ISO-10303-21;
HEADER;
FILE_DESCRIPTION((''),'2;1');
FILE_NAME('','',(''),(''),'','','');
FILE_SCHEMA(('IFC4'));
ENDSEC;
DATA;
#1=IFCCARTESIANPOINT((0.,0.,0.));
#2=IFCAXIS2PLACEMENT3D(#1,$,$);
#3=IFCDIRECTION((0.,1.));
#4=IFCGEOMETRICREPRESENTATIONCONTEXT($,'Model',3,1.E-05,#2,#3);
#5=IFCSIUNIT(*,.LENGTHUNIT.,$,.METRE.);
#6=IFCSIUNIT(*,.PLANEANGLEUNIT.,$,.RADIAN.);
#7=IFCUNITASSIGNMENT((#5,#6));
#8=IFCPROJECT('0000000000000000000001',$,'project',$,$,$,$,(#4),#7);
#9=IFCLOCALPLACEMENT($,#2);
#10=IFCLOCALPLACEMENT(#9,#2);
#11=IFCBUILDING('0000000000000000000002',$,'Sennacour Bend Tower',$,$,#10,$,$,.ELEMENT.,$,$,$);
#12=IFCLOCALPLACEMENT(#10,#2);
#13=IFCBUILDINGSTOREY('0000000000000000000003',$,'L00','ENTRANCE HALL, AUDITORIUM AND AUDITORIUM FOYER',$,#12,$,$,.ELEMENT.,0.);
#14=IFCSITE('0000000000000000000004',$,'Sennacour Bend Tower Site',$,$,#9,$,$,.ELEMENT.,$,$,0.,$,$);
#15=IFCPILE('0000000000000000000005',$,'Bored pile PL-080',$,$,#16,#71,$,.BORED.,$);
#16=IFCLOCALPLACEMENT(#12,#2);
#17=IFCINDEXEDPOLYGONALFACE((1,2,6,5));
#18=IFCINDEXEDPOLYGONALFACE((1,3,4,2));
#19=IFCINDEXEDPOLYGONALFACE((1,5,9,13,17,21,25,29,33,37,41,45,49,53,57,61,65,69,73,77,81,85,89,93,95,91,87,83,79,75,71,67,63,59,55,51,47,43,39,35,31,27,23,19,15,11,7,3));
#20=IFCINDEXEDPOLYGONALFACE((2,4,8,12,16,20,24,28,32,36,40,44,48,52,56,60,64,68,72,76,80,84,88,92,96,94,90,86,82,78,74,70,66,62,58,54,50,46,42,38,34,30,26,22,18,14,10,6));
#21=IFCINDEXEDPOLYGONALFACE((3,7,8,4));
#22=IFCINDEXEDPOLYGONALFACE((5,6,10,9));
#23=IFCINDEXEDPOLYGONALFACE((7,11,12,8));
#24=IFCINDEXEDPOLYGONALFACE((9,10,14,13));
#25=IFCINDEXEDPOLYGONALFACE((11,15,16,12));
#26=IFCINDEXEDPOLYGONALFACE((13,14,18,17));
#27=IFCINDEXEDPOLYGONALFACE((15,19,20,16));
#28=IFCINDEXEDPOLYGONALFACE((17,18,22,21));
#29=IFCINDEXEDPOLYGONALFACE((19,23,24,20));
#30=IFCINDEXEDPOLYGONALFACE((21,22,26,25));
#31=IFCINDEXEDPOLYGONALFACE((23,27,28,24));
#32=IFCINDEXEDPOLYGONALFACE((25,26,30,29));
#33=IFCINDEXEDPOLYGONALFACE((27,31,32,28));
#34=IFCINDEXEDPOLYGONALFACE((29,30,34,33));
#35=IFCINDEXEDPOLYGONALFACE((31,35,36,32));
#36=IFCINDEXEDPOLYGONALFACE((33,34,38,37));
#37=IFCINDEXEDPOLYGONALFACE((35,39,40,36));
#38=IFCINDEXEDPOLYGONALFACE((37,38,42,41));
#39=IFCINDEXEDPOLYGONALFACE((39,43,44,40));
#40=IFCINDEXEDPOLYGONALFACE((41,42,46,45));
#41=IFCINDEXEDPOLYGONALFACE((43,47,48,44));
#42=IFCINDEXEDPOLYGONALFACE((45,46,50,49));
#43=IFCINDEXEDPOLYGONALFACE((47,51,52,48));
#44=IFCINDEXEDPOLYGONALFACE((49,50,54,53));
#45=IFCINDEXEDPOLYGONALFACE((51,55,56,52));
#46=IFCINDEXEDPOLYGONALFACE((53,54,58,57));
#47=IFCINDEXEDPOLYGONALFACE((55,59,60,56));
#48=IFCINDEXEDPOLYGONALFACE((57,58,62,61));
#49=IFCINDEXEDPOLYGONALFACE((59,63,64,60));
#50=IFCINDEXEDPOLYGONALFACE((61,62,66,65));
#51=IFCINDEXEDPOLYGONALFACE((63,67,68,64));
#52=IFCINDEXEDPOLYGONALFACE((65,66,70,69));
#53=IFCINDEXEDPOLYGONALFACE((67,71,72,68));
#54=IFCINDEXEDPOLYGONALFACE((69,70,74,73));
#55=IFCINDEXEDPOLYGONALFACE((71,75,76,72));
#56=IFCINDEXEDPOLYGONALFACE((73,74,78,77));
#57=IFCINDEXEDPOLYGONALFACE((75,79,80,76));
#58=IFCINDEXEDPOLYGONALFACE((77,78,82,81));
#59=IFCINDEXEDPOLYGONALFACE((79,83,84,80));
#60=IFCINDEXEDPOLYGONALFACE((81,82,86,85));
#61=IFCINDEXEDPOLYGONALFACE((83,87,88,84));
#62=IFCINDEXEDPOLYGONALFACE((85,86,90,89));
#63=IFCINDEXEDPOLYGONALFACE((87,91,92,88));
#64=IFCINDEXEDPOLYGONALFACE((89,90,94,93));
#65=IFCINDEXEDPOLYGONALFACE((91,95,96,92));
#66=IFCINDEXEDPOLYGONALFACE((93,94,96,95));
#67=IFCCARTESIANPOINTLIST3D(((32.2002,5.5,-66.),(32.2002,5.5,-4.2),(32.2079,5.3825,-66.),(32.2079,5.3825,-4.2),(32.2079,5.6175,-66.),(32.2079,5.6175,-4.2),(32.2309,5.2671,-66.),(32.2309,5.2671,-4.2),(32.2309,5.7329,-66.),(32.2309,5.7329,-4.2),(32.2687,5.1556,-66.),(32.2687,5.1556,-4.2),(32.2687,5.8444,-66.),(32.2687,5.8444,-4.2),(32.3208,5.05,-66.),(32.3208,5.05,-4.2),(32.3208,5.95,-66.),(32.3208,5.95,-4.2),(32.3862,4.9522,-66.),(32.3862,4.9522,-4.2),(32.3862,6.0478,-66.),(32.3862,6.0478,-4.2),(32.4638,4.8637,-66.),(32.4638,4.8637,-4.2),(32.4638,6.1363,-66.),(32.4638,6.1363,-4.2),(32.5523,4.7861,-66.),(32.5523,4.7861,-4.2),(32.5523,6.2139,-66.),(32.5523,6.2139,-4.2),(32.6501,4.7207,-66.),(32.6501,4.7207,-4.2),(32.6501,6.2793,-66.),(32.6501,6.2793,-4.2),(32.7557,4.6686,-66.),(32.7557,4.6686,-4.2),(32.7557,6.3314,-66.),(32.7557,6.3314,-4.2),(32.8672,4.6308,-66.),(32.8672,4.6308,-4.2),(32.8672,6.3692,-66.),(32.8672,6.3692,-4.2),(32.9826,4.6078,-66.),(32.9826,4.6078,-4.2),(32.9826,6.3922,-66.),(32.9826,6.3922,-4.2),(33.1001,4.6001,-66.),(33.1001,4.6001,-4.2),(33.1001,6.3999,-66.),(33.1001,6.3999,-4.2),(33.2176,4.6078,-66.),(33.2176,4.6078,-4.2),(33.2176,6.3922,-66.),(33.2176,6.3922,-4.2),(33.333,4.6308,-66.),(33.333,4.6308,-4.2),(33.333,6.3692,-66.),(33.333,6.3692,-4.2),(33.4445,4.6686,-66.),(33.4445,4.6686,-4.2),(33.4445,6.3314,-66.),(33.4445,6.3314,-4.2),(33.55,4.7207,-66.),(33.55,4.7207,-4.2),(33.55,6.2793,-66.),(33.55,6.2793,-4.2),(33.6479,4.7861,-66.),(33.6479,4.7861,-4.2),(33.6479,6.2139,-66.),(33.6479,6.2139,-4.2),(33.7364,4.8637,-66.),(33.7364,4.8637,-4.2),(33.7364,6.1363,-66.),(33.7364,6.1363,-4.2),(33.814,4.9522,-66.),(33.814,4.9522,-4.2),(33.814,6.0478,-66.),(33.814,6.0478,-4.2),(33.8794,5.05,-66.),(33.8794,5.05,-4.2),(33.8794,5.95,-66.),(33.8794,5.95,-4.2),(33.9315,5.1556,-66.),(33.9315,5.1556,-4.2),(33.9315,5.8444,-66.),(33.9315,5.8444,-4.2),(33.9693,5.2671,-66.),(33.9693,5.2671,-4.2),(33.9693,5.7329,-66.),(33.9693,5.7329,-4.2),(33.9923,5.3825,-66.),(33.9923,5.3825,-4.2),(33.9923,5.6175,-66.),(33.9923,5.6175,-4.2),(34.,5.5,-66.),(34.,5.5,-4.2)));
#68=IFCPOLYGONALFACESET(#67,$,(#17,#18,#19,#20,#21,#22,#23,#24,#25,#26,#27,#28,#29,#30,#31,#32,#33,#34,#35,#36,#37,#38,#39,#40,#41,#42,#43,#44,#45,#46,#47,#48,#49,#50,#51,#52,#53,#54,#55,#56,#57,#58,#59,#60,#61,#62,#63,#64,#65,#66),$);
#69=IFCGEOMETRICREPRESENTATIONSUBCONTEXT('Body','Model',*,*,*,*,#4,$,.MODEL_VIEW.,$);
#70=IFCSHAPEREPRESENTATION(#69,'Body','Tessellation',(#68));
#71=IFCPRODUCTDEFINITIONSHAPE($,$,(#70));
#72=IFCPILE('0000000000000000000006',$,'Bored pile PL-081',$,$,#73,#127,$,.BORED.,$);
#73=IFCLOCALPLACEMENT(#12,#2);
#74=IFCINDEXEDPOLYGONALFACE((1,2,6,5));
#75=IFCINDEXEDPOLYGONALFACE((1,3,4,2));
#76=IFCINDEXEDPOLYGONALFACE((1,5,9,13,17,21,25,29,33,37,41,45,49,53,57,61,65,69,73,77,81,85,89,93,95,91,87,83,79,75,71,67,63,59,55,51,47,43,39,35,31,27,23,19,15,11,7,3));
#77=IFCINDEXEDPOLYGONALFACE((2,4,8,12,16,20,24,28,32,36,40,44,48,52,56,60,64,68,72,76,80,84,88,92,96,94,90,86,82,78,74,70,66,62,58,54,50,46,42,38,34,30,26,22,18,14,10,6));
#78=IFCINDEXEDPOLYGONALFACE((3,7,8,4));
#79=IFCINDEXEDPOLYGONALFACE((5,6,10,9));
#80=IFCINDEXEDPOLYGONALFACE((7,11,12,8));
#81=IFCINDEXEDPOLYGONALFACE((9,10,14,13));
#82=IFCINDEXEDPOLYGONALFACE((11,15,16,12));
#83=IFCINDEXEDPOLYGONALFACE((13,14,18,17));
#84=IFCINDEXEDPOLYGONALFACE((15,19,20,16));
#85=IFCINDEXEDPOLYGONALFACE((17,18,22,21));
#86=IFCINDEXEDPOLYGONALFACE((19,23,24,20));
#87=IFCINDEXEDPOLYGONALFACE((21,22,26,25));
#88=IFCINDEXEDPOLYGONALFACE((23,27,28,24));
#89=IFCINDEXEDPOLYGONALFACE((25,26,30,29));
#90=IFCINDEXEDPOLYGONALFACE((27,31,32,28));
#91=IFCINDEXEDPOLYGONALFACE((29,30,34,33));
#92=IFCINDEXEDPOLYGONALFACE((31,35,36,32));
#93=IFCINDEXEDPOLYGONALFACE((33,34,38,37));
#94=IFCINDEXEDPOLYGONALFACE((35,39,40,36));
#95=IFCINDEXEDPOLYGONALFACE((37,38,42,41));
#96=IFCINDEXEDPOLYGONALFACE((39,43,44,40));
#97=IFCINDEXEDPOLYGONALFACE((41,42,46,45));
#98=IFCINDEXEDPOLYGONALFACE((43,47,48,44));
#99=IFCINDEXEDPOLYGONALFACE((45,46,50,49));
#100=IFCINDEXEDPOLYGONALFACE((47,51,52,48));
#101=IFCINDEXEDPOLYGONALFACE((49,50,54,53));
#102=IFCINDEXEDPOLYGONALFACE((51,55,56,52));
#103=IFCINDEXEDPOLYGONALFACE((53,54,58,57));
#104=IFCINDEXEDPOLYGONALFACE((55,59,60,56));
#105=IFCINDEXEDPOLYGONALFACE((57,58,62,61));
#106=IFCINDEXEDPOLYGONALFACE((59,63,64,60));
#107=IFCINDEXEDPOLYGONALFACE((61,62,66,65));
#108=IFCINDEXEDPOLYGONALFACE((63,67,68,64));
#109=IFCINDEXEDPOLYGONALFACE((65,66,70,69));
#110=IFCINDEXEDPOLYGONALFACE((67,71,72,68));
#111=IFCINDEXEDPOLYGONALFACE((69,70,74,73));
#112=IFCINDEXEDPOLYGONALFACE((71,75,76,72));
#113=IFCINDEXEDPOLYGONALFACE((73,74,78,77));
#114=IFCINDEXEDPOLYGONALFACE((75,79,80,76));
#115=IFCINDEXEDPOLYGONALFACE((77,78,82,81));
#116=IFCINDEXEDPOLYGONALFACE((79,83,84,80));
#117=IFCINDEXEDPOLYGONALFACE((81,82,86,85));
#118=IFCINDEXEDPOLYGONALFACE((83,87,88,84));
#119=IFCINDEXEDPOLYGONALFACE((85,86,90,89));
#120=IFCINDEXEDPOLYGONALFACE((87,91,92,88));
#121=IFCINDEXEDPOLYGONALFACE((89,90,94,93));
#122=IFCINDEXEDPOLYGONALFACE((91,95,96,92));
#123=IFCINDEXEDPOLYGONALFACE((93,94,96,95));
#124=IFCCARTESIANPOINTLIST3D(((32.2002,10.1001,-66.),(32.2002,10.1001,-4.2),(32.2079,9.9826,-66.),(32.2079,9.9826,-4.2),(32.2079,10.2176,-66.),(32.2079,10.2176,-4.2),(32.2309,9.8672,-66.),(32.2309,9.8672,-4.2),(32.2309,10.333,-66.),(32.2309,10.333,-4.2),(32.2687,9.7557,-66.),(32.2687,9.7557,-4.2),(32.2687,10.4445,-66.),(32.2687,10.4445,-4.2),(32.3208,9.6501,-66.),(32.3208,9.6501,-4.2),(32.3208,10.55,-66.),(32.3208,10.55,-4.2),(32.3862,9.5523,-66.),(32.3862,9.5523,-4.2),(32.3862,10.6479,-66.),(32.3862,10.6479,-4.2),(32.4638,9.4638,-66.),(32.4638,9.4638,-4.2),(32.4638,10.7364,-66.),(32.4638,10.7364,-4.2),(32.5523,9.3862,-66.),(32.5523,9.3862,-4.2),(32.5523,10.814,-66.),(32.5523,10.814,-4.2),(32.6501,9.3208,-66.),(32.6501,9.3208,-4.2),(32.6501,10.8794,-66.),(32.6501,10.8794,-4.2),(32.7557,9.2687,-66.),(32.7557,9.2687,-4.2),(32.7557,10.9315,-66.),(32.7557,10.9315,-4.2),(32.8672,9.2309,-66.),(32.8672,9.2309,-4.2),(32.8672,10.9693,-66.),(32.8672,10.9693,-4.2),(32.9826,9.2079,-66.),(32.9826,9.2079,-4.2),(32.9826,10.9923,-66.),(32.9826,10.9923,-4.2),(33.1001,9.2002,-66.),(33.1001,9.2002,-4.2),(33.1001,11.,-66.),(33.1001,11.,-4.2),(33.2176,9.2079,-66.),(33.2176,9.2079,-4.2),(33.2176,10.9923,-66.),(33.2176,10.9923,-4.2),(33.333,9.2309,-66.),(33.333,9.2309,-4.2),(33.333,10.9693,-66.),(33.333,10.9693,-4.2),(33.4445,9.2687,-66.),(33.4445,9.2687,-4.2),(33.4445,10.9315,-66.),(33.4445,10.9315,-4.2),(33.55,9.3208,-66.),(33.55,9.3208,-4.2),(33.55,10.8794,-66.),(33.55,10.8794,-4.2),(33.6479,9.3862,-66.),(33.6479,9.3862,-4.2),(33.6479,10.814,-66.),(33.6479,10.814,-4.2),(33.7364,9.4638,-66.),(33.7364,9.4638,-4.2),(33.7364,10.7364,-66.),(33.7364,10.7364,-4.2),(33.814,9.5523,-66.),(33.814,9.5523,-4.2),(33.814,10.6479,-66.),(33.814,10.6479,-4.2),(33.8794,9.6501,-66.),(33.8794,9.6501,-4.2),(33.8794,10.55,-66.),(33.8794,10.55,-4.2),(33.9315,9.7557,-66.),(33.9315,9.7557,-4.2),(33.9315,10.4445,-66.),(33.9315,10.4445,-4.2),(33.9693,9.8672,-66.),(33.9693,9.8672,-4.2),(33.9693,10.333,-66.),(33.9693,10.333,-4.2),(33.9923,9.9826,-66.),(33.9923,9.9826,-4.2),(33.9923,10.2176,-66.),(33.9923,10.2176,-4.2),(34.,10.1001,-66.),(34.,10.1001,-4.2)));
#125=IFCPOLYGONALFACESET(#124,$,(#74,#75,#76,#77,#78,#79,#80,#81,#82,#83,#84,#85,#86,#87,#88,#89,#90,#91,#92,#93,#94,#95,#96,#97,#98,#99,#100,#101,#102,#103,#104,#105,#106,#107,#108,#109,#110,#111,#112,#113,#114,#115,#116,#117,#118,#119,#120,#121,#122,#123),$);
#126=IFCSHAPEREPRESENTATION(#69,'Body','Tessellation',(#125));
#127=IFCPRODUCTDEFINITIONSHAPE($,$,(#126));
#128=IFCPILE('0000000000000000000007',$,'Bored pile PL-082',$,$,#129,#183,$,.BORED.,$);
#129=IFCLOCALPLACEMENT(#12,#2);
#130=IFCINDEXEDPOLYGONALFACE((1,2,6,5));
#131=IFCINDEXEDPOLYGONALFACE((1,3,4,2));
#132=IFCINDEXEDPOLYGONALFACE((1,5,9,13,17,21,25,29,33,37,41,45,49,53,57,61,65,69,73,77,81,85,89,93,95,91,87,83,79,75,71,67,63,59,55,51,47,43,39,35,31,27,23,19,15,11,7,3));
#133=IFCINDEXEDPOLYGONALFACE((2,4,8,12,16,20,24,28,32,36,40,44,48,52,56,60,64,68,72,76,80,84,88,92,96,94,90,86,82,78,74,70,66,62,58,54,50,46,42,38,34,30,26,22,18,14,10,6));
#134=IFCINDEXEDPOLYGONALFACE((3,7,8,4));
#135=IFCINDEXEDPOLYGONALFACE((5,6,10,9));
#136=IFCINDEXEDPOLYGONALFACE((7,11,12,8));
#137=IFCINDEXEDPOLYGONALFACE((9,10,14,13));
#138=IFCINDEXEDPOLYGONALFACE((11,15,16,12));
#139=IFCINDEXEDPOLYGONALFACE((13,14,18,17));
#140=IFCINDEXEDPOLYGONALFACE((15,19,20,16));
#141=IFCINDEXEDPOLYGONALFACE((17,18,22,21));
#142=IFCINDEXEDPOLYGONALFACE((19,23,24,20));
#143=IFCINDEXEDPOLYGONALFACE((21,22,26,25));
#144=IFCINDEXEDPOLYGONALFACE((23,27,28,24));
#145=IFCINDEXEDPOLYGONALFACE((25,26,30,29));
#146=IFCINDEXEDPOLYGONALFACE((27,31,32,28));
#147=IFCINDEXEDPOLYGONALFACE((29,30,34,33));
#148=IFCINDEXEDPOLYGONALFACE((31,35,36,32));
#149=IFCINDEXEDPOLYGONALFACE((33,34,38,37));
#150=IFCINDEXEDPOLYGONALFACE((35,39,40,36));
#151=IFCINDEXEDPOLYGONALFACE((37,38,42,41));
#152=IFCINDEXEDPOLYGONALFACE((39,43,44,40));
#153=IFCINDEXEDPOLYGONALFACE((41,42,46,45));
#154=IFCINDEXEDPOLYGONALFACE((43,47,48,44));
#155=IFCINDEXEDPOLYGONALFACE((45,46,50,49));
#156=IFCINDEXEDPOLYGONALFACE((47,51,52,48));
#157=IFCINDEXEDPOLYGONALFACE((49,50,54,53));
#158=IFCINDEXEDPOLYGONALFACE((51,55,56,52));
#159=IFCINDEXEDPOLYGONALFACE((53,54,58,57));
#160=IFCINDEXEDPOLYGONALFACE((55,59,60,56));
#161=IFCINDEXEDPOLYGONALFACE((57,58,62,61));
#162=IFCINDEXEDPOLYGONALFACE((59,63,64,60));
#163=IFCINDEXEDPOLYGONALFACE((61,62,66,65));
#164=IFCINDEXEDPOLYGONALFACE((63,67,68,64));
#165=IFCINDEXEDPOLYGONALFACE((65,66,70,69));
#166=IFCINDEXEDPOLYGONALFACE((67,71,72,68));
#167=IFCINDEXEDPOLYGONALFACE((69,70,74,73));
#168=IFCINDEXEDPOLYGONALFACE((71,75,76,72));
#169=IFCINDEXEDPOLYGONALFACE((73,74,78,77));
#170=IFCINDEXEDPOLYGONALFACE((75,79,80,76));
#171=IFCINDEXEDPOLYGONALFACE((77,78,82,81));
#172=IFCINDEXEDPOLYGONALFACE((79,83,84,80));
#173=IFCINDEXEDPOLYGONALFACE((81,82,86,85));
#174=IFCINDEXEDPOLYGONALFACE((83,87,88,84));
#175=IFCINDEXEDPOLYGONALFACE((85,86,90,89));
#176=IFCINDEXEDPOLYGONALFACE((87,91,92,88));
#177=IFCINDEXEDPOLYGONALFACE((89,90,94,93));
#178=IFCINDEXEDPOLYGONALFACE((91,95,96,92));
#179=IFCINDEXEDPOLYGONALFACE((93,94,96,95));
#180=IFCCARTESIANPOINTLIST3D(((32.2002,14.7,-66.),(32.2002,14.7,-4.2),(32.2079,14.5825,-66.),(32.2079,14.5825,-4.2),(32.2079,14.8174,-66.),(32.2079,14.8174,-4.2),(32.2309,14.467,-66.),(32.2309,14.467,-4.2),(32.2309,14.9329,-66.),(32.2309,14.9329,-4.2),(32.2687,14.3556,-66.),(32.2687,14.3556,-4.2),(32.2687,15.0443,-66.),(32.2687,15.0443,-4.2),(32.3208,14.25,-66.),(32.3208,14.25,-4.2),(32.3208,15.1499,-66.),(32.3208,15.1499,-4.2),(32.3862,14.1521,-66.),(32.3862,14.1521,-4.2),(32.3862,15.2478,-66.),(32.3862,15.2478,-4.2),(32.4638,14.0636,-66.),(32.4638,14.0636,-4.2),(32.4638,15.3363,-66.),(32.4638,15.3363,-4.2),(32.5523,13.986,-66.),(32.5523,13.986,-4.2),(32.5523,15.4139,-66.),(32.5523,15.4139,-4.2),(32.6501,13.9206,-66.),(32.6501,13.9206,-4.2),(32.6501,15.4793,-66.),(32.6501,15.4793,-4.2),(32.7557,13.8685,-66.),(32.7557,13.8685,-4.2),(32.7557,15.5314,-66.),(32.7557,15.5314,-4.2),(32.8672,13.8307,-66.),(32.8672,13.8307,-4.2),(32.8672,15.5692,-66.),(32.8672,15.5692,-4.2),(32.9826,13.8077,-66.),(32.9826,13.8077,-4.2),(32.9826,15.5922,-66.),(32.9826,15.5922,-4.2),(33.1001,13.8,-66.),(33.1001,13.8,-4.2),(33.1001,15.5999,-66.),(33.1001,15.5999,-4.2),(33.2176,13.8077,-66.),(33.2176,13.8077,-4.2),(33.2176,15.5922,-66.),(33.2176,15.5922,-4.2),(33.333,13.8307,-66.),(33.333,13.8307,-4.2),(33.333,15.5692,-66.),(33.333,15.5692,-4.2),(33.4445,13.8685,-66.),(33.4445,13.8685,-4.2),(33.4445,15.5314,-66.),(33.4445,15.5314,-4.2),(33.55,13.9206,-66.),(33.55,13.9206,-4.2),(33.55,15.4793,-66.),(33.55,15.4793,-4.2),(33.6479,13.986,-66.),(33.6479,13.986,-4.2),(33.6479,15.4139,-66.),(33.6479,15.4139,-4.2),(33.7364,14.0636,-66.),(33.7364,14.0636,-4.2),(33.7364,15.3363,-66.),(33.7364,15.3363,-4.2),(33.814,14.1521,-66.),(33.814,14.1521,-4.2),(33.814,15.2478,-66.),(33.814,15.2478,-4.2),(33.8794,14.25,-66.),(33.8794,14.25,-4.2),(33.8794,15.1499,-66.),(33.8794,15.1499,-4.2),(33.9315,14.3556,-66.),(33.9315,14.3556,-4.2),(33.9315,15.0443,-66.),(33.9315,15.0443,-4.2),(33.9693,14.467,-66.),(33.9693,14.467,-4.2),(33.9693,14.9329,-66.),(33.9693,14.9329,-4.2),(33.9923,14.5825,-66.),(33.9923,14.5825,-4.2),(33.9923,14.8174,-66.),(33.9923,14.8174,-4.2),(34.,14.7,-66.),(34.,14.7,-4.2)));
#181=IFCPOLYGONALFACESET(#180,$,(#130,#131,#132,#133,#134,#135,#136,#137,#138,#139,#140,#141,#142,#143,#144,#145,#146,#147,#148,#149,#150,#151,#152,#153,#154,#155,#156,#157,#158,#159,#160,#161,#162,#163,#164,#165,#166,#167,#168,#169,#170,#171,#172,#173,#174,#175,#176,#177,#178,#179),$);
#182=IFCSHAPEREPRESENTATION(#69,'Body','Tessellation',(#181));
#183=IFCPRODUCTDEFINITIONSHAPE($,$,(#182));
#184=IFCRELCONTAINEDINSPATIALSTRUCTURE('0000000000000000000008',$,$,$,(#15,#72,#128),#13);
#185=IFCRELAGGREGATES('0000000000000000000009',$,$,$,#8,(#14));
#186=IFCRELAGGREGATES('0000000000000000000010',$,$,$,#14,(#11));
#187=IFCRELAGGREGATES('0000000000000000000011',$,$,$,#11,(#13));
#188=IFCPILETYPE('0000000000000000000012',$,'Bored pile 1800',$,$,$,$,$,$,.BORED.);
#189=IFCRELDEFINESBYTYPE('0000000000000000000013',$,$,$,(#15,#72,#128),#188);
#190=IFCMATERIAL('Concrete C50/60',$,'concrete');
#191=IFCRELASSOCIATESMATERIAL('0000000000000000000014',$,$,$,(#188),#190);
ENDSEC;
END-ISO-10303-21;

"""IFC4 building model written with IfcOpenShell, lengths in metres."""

from ifc_helpers import new_model, si_unit, direction, frame, origin, origin_2d, place, context, subcontext, project, spatial, circle, extrude, material, material_profile, profile_set, type_object, element, save


model = new_model("IFC4")

# Units and contexts
model_context = context("Model", 3, precision=1e-05, world=origin(), true_north=direction((0.0, 1.0)))
body_context = subcontext(model_context, "Body", "Model", "MODEL_VIEW")
ifc_project = project(units=[si_unit("LENGTHUNIT", "METRE"), si_unit("PLANEANGLEUNIT", "RADIAN")], contexts=[model_context])

# Site, building, storey
site_placement = place(None, origin())
site = spatial("IfcSite", under=ifc_project, at=site_placement, Name="Sennacour Bend Tower Site", CompositionType="ELEMENT", RefElevation=0.0)
building_placement = place(site_placement, origin())
building = spatial("IfcBuilding", under=site, at=building_placement, Name="Sennacour Bend Tower", CompositionType="ELEMENT")
storey_placement = place(building_placement, origin())
storey = spatial("IfcBuildingStorey", under=building, at=storey_placement, Name="L00", Description="ENTRANCE HALL, AUDITORIUM AND AUDITORIUM FOYER", CompositionType="ELEMENT", Elevation=0.0)

# Piles
ifc_material_1 = material(Name="Concrete C50/60", Category="concrete")
ifc_material_profile = material_profile(ifc_material_1, circle(Radius=0.8999, at=origin_2d()), Name="Concrete C50/60", Category="concrete")
ifc_profile_set = profile_set([ifc_material_profile], Name="Concrete C50/60")
pile_type = type_object("IfcPileType", Name="Bored pile 1800", PredefinedType="BORED", material=ifc_profile_set)
for number, where, z_axis, x_axis, name in (
    (1, (33.1001, 5.5, -4.2), (0.0, 0.0, -1.0), (1.0, 0.0, 0.0), "Bored pile PL-080"),
    (2, (33.1001, 10.1001, -4.2), (0.0, 0.0, -1.0), (1.0, 0.0, 0.0), "Bored pile PL-081"),
    (3, (33.1001, 14.7, -4.2), (0.0, 0.0, -1.0), (1.0, 0.0, 0.0), "Bored pile PL-082"),
):
    element("IfcPile", number, at=place(storey_placement, frame(where, z_axis=z_axis, x_axis=x_axis)), inside=storey, type_object=pile_type, Name=name, PredefinedType="BORED", context=body_context, shape_type="SweptSolid", body=[
        extrude(circle(Radius=0.8999, at=origin_2d()), origin(), (0.0, 0.0, 1.0), 61.8),
    ])

save(model, "model.ifc")
